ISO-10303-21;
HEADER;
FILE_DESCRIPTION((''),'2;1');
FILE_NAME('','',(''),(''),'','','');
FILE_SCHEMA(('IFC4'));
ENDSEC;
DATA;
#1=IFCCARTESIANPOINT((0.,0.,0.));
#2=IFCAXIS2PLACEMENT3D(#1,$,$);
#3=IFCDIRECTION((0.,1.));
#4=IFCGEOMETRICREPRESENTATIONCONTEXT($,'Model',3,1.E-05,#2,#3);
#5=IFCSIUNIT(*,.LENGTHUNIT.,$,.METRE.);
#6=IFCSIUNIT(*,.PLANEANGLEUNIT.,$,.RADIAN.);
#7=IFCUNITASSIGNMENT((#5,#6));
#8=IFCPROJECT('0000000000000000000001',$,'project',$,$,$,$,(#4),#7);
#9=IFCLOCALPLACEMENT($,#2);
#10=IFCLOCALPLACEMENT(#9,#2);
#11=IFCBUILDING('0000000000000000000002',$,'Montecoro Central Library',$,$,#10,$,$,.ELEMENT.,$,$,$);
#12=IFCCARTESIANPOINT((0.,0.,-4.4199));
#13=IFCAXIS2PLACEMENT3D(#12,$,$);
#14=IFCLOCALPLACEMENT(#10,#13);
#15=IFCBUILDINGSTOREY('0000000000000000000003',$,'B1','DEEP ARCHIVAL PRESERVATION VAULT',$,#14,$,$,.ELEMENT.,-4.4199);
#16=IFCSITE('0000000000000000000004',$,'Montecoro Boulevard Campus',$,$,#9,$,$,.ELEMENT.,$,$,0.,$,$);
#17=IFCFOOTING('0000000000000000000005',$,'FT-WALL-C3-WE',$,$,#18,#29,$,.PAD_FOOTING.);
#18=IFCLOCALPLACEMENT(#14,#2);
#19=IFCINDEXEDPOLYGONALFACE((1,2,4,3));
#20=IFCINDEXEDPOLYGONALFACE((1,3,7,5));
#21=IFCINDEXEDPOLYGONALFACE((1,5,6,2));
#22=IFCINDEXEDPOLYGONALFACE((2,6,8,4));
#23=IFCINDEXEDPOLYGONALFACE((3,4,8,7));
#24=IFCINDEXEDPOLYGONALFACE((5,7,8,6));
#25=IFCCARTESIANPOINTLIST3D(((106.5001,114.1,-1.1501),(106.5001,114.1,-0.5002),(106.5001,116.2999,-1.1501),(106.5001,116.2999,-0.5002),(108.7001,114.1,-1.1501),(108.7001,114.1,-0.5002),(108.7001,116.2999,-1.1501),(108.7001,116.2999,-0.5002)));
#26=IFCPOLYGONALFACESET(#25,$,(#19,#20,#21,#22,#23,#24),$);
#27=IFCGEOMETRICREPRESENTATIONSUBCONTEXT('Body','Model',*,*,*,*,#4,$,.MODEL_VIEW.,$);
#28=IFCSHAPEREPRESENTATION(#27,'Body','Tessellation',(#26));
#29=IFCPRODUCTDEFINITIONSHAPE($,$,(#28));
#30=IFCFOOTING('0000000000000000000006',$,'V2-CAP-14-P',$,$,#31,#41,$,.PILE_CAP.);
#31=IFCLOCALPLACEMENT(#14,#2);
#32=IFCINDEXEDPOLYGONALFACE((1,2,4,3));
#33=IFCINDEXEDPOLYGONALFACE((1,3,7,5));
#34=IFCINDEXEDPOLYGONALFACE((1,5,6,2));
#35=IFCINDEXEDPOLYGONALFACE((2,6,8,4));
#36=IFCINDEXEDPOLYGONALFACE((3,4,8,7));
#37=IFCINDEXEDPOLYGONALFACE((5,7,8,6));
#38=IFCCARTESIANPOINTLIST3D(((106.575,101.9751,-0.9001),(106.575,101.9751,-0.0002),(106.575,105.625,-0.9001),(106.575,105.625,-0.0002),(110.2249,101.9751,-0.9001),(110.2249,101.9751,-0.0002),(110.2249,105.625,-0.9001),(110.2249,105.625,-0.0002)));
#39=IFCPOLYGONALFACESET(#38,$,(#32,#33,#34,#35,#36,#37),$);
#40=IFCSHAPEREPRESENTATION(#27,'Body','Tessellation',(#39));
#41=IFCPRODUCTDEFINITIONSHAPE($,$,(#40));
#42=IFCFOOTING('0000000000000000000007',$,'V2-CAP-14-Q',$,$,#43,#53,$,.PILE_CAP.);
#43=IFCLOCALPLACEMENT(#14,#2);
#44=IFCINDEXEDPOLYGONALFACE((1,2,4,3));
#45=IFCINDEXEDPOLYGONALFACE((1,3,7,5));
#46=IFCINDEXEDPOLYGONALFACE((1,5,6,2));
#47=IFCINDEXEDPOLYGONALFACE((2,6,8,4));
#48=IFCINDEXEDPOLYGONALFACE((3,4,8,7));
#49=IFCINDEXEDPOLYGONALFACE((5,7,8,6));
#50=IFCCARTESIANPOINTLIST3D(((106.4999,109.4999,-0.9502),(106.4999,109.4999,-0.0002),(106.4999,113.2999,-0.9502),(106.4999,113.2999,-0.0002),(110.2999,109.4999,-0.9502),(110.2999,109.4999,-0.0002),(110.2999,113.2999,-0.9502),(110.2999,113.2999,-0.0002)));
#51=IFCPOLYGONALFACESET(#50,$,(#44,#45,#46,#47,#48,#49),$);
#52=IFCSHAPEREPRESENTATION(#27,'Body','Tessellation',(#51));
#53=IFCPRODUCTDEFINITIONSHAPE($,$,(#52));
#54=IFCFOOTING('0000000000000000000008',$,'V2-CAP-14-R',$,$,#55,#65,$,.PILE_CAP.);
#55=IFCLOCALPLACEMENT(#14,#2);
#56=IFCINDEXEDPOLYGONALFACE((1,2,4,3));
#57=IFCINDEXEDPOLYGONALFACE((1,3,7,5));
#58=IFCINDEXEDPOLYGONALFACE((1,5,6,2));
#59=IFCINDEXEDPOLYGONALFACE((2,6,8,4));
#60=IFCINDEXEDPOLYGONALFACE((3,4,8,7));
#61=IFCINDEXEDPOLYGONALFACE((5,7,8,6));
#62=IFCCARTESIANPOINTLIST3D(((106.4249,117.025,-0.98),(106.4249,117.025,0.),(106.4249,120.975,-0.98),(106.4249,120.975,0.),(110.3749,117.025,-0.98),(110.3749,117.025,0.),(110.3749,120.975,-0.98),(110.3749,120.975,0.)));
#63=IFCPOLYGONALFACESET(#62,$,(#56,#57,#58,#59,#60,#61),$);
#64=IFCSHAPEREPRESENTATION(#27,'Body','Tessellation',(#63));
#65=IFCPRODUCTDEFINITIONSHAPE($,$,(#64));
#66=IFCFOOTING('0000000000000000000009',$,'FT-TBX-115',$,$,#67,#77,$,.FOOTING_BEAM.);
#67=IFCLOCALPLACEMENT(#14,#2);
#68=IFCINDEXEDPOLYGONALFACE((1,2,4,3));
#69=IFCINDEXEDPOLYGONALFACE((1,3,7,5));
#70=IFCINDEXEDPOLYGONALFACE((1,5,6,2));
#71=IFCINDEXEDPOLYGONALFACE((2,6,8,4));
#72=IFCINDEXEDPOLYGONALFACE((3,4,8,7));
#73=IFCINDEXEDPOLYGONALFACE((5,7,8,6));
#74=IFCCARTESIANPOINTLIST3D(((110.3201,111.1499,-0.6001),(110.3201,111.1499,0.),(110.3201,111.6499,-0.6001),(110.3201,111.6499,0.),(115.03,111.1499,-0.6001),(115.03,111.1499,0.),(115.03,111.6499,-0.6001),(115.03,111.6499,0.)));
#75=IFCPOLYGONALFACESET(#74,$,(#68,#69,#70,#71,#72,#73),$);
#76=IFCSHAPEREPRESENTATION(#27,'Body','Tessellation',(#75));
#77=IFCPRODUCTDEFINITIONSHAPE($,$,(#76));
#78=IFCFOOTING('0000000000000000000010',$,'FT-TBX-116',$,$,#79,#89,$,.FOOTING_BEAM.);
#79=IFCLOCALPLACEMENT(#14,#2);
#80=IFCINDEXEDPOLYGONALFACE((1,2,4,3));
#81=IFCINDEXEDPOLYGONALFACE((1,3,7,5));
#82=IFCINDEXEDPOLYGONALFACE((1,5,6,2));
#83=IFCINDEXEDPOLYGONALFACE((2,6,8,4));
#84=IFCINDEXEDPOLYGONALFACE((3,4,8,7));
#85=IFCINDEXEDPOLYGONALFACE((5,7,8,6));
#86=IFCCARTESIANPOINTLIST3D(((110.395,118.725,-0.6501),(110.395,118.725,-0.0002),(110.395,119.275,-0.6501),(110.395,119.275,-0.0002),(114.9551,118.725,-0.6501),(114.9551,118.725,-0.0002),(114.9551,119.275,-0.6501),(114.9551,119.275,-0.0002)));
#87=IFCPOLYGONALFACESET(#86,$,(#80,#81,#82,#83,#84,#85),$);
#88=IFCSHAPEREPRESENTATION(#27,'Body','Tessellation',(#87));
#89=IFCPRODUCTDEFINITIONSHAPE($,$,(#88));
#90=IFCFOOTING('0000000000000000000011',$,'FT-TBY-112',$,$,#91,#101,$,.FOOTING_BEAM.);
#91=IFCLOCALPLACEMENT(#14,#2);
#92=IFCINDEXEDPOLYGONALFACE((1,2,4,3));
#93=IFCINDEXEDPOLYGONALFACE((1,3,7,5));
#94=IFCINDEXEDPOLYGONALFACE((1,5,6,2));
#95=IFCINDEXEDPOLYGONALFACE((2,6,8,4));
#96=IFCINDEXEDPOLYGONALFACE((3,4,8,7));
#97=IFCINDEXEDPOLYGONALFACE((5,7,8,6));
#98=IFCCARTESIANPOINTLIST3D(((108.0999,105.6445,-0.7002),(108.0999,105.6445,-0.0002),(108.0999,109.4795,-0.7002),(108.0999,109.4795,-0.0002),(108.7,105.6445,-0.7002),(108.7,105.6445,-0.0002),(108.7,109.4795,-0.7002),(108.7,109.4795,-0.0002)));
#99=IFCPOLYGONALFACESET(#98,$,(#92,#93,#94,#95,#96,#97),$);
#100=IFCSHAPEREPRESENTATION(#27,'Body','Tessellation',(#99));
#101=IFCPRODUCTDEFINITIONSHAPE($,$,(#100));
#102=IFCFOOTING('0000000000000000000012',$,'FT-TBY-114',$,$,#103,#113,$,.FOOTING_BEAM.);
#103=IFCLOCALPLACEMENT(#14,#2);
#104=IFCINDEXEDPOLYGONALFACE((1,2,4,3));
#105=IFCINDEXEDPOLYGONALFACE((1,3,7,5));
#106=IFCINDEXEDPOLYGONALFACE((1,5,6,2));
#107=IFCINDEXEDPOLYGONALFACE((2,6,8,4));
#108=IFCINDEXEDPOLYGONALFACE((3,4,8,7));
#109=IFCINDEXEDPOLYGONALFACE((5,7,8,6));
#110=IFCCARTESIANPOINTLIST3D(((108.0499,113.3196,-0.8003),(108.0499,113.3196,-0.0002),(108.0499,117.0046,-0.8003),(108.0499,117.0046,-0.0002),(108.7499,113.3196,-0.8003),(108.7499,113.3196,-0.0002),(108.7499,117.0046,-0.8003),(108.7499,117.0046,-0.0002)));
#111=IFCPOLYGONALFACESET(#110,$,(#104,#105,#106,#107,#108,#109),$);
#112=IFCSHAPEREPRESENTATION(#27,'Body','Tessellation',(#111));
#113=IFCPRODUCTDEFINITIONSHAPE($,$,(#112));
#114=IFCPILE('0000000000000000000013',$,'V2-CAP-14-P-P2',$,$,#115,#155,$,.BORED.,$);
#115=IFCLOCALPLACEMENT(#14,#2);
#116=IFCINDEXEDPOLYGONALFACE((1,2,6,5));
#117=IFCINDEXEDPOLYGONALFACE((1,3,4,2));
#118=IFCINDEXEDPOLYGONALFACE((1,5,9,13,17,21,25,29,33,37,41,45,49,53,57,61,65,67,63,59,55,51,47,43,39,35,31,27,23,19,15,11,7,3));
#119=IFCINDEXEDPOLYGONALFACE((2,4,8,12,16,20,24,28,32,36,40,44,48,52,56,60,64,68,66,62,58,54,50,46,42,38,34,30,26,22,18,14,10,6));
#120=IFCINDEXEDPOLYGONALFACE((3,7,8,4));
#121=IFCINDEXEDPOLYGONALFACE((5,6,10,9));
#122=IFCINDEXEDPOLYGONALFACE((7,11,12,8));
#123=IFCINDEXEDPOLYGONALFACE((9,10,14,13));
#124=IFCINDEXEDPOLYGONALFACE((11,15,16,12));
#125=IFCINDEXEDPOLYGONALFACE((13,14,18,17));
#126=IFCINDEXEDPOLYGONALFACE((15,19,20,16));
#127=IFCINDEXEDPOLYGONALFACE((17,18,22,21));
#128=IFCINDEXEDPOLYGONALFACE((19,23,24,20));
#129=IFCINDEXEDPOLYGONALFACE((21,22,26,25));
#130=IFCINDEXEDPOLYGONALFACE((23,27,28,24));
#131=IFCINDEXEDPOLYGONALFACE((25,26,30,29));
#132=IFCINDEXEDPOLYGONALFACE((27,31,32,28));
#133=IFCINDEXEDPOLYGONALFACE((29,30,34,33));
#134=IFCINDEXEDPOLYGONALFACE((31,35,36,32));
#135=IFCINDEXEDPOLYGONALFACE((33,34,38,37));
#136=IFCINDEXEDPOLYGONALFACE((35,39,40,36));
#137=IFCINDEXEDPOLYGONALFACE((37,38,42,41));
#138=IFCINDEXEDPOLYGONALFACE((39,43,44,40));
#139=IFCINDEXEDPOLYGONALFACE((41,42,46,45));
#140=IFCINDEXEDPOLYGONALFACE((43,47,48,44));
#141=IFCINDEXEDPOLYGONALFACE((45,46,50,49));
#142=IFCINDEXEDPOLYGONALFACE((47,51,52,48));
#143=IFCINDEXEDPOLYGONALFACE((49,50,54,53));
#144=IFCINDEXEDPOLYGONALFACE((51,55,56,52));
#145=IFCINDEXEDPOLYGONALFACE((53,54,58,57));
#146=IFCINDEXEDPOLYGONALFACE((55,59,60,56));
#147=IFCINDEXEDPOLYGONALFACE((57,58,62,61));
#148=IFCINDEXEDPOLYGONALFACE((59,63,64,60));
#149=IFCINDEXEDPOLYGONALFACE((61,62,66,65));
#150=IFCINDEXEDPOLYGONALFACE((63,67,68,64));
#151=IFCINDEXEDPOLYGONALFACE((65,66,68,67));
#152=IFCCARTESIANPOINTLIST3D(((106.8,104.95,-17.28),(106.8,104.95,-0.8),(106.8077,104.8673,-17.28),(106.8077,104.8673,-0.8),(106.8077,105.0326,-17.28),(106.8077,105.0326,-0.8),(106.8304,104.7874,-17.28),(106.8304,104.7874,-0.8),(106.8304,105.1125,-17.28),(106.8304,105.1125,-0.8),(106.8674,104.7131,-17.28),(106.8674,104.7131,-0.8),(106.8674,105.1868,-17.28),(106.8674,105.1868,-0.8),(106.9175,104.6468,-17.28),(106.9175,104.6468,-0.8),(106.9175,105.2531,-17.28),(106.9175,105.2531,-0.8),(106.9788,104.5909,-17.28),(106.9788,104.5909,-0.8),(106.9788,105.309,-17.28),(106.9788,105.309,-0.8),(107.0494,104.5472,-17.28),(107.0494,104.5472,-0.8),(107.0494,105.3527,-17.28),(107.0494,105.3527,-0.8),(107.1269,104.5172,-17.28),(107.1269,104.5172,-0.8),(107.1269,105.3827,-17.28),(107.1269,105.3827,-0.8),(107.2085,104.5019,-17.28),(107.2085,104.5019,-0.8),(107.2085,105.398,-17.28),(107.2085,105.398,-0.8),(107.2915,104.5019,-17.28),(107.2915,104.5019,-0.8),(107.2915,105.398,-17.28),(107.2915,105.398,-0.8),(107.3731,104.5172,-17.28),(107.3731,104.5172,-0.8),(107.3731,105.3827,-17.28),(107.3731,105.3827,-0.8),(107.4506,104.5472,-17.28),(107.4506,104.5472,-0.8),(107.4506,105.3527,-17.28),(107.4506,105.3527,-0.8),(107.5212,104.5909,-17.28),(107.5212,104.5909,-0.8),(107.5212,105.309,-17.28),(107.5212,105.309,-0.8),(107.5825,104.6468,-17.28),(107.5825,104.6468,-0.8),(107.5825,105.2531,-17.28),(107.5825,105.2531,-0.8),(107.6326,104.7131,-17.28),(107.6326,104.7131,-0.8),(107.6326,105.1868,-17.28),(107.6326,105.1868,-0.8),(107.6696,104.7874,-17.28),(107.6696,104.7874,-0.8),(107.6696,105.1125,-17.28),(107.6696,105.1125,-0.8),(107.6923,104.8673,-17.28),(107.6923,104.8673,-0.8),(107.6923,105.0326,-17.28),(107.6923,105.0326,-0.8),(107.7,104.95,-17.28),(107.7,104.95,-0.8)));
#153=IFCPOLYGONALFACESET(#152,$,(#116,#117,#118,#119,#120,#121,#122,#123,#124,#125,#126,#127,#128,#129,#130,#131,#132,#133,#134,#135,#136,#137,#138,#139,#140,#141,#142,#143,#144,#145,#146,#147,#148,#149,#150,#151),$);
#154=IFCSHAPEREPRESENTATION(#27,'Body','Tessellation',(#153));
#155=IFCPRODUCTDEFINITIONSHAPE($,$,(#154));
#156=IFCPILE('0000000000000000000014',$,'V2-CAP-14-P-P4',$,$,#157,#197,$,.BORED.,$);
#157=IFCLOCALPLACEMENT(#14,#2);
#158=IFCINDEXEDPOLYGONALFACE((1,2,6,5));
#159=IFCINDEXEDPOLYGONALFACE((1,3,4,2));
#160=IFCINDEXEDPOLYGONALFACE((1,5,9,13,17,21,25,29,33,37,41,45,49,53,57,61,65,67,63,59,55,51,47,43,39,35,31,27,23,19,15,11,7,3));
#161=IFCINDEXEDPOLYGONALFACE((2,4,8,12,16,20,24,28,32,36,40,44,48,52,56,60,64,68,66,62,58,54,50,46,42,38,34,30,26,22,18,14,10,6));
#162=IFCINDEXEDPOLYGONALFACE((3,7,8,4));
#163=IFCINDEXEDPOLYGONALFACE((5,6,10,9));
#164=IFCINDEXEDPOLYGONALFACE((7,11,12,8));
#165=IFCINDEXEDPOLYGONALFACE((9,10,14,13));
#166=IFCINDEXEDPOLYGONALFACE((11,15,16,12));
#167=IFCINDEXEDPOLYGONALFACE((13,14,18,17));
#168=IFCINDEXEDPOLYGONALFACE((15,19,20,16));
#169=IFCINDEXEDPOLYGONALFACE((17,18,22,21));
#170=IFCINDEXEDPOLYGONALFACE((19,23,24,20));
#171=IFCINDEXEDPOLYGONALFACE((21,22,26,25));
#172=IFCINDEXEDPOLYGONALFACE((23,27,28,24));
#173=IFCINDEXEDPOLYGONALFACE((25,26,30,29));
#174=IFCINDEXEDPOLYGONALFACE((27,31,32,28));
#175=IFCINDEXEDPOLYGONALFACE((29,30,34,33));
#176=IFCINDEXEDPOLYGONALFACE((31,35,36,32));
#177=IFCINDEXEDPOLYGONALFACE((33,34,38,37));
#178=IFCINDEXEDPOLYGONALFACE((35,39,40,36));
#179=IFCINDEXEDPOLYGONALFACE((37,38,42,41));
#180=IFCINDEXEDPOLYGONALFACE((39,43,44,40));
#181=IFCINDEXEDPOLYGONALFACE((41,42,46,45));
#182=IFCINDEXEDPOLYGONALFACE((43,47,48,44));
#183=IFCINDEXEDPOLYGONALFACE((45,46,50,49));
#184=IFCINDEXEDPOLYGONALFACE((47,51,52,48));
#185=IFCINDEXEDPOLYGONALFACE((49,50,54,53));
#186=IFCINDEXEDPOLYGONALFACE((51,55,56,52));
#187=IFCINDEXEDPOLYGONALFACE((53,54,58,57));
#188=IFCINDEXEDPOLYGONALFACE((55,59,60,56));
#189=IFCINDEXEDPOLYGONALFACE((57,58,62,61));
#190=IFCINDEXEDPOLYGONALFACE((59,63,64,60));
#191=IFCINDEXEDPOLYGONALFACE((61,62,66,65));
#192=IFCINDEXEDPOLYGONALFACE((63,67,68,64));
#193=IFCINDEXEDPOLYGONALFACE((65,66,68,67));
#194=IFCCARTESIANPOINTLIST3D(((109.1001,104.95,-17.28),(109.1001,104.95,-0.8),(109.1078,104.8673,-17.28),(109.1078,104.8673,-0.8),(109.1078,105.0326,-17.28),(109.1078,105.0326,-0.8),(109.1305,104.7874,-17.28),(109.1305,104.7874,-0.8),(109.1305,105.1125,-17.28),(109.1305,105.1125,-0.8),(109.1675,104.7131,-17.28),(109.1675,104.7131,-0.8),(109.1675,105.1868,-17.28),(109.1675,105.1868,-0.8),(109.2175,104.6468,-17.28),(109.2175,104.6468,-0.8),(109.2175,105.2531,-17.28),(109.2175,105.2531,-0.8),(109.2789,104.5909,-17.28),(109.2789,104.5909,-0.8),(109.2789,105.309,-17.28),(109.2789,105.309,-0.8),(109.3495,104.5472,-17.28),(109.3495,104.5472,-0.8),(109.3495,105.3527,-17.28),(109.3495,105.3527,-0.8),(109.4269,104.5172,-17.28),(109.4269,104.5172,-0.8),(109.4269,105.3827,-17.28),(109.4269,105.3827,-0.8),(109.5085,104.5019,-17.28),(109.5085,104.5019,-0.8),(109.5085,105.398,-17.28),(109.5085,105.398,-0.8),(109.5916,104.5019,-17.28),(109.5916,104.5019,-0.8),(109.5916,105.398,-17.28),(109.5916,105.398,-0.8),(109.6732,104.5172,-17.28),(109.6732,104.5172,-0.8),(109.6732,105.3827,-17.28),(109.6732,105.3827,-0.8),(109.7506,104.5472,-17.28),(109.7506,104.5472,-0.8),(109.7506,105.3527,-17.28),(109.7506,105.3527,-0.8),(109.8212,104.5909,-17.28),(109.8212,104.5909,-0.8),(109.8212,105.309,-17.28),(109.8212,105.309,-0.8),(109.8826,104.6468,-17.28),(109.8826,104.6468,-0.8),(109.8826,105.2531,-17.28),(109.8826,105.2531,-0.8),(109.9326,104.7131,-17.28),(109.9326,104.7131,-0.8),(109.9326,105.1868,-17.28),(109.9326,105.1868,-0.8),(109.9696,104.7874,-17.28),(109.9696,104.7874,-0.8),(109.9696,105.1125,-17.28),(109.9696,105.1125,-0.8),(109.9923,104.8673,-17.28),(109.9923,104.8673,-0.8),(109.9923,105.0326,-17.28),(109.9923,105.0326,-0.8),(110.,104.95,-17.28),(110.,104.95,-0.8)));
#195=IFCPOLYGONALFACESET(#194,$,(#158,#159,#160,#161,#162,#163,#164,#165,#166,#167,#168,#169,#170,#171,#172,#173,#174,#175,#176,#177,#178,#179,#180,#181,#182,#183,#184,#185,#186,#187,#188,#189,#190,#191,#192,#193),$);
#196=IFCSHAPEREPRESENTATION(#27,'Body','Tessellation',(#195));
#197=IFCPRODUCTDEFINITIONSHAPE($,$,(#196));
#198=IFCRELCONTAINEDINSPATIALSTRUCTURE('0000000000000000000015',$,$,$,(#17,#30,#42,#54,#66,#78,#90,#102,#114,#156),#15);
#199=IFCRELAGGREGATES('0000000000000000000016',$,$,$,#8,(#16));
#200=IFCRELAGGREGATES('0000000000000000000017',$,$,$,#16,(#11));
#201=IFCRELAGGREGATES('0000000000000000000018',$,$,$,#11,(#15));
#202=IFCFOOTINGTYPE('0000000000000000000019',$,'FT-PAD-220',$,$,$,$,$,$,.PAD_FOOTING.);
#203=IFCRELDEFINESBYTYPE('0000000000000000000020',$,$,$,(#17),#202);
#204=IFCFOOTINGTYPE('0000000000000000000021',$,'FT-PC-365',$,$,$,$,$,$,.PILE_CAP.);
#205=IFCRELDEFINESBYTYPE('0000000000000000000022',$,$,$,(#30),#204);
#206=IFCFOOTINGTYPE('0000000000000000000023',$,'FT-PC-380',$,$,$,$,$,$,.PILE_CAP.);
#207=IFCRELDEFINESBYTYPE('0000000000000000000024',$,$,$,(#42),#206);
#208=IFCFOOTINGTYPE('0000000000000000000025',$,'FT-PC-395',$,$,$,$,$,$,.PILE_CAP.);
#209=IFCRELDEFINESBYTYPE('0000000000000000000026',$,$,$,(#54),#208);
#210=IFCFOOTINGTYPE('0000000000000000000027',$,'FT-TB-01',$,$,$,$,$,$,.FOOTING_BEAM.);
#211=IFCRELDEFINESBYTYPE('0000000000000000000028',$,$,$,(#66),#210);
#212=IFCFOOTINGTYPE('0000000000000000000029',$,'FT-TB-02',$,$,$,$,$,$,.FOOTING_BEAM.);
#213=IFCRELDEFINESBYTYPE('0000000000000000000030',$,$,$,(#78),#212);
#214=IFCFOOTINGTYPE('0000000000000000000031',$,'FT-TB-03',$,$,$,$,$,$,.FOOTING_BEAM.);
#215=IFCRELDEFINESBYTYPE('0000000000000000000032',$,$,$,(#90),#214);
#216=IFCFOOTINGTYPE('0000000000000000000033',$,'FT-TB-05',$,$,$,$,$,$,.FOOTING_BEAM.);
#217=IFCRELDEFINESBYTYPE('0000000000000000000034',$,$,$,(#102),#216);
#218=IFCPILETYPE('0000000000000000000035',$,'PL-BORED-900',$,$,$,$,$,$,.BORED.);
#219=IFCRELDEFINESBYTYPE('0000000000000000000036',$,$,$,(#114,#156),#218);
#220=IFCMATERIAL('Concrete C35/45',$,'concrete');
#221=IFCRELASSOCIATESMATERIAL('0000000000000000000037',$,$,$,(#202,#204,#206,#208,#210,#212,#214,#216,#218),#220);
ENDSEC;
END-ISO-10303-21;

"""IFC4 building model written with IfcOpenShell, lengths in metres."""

from ifc_helpers import new_model, si_unit, direction, frame, origin, origin_2d, place, context, subcontext, project, spatial, rectangle, circle, extrude, material, material_profile, profile_set, type_object, element, save


model = new_model("IFC4")

# Units and contexts
model_context = context("Model", 3, precision=1e-05, world=origin(), true_north=direction((0.0, 1.0)))
body_context = subcontext(model_context, "Body", "Model", "MODEL_VIEW")
ifc_project = project(units=[si_unit("LENGTHUNIT", "METRE"), si_unit("PLANEANGLEUNIT", "RADIAN")], contexts=[model_context])

# Site, building, storey
site_placement = place(None, origin())
site = spatial("IfcSite", under=ifc_project, at=site_placement, Name="Montecoro Boulevard Campus", CompositionType="ELEMENT", RefElevation=0.0)
building_placement = place(site_placement, origin())
building = spatial("IfcBuilding", under=site, at=building_placement, Name="Montecoro Central Library", CompositionType="ELEMENT")
storey_placement = place(building_placement, frame((0.0, 0.0, -4.4199)))
storey = spatial("IfcBuildingStorey", under=building, at=storey_placement, Name="B1", Description="DEEP ARCHIVAL PRESERVATION VAULT", CompositionType="ELEMENT", Elevation=-4.4199)

# Footings
ifc_material_1 = material(Name="Concrete C35/45", Category="concrete")
footing_type_1 = type_object("IfcFootingType", Name="FT-PAD-220", PredefinedType="PAD_FOOTING", material=ifc_material_1)
footing_1_placement = place(storey_placement, frame((107.6001, 115.2, -1.1501), z_axis=(0.0, 0.0, 1.0), x_axis=(1.0, 0.0, 0.0)))
element("IfcFooting", 1, at=footing_1_placement, inside=storey, type_object=footing_type_1, Name="FT-WALL-C3-WE", PredefinedType="PAD_FOOTING", context=body_context, shape_type="SweptSolid", body=[
    extrude(rectangle(XDim=2.2, YDim=2.2, at=origin_2d()), origin(), (0.0, 0.0, 1.0), 0.6499),
])
footing_type_2 = type_object("IfcFootingType", Name="FT-PC-365", PredefinedType="PILE_CAP", material=ifc_material_1)
footing_2_placement = place(storey_placement, frame((108.3999, 103.8, -0.9001), z_axis=(0.0, 0.0, 1.0), x_axis=(1.0, 0.0, 0.0)))
element("IfcFooting", 2, at=footing_2_placement, inside=storey, type_object=footing_type_2, Name="V2-CAP-14-P", PredefinedType="PILE_CAP", context=body_context, shape_type="SweptSolid", body=[
    extrude(rectangle(XDim=3.6499, YDim=3.6499, at=origin_2d()), origin(), (0.0, 0.0, 1.0), 0.8999),
])
footing_type_3 = type_object("IfcFootingType", Name="FT-PC-380", PredefinedType="PILE_CAP", material=ifc_material_1)
footing_3_placement = place(storey_placement, frame((108.3999, 111.3999, -0.9502), z_axis=(0.0, 0.0, 1.0), x_axis=(1.0, 0.0, 0.0)))
element("IfcFooting", 3, at=footing_3_placement, inside=storey, type_object=footing_type_3, Name="V2-CAP-14-Q", PredefinedType="PILE_CAP", context=body_context, shape_type="SweptSolid", body=[
    extrude(rectangle(XDim=3.8, YDim=3.8, at=origin_2d()), origin(), (0.0, 0.0, 1.0), 0.95),
])
footing_type_4 = type_object("IfcFootingType", Name="FT-PC-395", PredefinedType="PILE_CAP", material=ifc_material_1)
footing_4_placement = place(storey_placement, frame((108.3999, 119.0, -0.98), z_axis=(0.0, 0.0, 1.0), x_axis=(1.0, 0.0, 0.0)))
element("IfcFooting", 4, at=footing_4_placement, inside=storey, type_object=footing_type_4, Name="V2-CAP-14-R", PredefinedType="PILE_CAP", context=body_context, shape_type="SweptSolid", body=[
    extrude(rectangle(XDim=3.95, YDim=3.95, at=origin_2d()), origin(), (0.0, 0.0, 1.0), 0.98),
])
footing_type_5 = type_object("IfcFootingType", Name="FT-TB-01", PredefinedType="FOOTING_BEAM", material=ifc_material_1)
footing_5_placement = place(storey_placement, frame((112.675, 111.3999, -0.6001), z_axis=(0.0, 0.0, 1.0), x_axis=(1.0, 0.0, 0.0)))
element("IfcFooting", 5, at=footing_5_placement, inside=storey, type_object=footing_type_5, Name="FT-TBX-115", PredefinedType="FOOTING_BEAM", context=body_context, shape_type="SweptSolid", body=[
    extrude(rectangle(XDim=4.71, YDim=0.5, at=origin_2d()), origin(), (0.0, 0.0, 1.0), 0.6001),
])
footing_type_6 = type_object("IfcFootingType", Name="FT-TB-02", PredefinedType="FOOTING_BEAM", material=ifc_material_1)
footing_6_placement = place(storey_placement, frame((112.675, 119.0, -0.6501), z_axis=(0.0, 0.0, 1.0), x_axis=(1.0, 0.0, 0.0)))
element("IfcFooting", 6, at=footing_6_placement, inside=storey, type_object=footing_type_6, Name="FT-TBX-116", PredefinedType="FOOTING_BEAM", context=body_context, shape_type="SweptSolid", body=[
    extrude(rectangle(XDim=4.5601, YDim=0.55, at=origin_2d()), origin(), (0.0, 0.0, 1.0), 0.6499),
])
footing_type_7 = type_object("IfcFootingType", Name="FT-TB-03", PredefinedType="FOOTING_BEAM", material=ifc_material_1)
footing_7_placement = place(storey_placement, frame((108.3999, 107.562, -0.7002), z_axis=(0.0, 0.0, 1.0), x_axis=(1.0, 0.0, 0.0)))
element("IfcFooting", 7, at=footing_7_placement, inside=storey, type_object=footing_type_7, Name="FT-TBY-112", PredefinedType="FOOTING_BEAM", context=body_context, shape_type="SweptSolid", body=[
    extrude(rectangle(XDim=0.6001, YDim=3.835, at=origin_2d()), origin(), (0.0, 0.0, 1.0), 0.7),
])
footing_type_8 = type_object("IfcFootingType", Name="FT-TB-05", PredefinedType="FOOTING_BEAM", material=ifc_material_1)
footing_8_placement = place(storey_placement, frame((108.3999, 115.1621, -0.8003), z_axis=(0.0, 0.0, 1.0), x_axis=(1.0, 0.0, 0.0)))
element("IfcFooting", 8, at=footing_8_placement, inside=storey, type_object=footing_type_8, Name="FT-TBY-114", PredefinedType="FOOTING_BEAM", context=body_context, shape_type="SweptSolid", body=[
    extrude(rectangle(XDim=0.7, YDim=3.6851, at=origin_2d()), origin(), (0.0, 0.0, 1.0), 0.8),
])

# Piles
ifc_material_profile_1 = material_profile(ifc_material_1, circle(Radius=0.45, at=origin_2d()), Name="PILE D900")
ifc_profile_set_1 = profile_set([ifc_material_profile_1], Name="Concrete C35/45")
pile_type = type_object("IfcPileType", Name="PL-BORED-900", PredefinedType="BORED", material=ifc_profile_set_1)
for number, where, z_axis, x_axis, name in (
    (9, (107.25, 104.95, -0.8), (0.0, 0.0, -1.0), (1.0, 0.0, 0.0), "V2-CAP-14-P-P2"),
    (10, (109.55, 104.95, -0.8), (0.0, 0.0, -1.0), (1.0, 0.0, 0.0), "V2-CAP-14-P-P4"),
):
    element("IfcPile", number, at=place(storey_placement, frame(where, z_axis=z_axis, x_axis=x_axis)), inside=storey, type_object=pile_type, Name=name, PredefinedType="BORED", context=body_context, shape_type="SweptSolid", body=[
        extrude(circle(Radius=0.45, at=origin_2d()), origin(), (0.0, 0.0, 1.0), 16.48),
    ])

save(model, "model.ifc")
